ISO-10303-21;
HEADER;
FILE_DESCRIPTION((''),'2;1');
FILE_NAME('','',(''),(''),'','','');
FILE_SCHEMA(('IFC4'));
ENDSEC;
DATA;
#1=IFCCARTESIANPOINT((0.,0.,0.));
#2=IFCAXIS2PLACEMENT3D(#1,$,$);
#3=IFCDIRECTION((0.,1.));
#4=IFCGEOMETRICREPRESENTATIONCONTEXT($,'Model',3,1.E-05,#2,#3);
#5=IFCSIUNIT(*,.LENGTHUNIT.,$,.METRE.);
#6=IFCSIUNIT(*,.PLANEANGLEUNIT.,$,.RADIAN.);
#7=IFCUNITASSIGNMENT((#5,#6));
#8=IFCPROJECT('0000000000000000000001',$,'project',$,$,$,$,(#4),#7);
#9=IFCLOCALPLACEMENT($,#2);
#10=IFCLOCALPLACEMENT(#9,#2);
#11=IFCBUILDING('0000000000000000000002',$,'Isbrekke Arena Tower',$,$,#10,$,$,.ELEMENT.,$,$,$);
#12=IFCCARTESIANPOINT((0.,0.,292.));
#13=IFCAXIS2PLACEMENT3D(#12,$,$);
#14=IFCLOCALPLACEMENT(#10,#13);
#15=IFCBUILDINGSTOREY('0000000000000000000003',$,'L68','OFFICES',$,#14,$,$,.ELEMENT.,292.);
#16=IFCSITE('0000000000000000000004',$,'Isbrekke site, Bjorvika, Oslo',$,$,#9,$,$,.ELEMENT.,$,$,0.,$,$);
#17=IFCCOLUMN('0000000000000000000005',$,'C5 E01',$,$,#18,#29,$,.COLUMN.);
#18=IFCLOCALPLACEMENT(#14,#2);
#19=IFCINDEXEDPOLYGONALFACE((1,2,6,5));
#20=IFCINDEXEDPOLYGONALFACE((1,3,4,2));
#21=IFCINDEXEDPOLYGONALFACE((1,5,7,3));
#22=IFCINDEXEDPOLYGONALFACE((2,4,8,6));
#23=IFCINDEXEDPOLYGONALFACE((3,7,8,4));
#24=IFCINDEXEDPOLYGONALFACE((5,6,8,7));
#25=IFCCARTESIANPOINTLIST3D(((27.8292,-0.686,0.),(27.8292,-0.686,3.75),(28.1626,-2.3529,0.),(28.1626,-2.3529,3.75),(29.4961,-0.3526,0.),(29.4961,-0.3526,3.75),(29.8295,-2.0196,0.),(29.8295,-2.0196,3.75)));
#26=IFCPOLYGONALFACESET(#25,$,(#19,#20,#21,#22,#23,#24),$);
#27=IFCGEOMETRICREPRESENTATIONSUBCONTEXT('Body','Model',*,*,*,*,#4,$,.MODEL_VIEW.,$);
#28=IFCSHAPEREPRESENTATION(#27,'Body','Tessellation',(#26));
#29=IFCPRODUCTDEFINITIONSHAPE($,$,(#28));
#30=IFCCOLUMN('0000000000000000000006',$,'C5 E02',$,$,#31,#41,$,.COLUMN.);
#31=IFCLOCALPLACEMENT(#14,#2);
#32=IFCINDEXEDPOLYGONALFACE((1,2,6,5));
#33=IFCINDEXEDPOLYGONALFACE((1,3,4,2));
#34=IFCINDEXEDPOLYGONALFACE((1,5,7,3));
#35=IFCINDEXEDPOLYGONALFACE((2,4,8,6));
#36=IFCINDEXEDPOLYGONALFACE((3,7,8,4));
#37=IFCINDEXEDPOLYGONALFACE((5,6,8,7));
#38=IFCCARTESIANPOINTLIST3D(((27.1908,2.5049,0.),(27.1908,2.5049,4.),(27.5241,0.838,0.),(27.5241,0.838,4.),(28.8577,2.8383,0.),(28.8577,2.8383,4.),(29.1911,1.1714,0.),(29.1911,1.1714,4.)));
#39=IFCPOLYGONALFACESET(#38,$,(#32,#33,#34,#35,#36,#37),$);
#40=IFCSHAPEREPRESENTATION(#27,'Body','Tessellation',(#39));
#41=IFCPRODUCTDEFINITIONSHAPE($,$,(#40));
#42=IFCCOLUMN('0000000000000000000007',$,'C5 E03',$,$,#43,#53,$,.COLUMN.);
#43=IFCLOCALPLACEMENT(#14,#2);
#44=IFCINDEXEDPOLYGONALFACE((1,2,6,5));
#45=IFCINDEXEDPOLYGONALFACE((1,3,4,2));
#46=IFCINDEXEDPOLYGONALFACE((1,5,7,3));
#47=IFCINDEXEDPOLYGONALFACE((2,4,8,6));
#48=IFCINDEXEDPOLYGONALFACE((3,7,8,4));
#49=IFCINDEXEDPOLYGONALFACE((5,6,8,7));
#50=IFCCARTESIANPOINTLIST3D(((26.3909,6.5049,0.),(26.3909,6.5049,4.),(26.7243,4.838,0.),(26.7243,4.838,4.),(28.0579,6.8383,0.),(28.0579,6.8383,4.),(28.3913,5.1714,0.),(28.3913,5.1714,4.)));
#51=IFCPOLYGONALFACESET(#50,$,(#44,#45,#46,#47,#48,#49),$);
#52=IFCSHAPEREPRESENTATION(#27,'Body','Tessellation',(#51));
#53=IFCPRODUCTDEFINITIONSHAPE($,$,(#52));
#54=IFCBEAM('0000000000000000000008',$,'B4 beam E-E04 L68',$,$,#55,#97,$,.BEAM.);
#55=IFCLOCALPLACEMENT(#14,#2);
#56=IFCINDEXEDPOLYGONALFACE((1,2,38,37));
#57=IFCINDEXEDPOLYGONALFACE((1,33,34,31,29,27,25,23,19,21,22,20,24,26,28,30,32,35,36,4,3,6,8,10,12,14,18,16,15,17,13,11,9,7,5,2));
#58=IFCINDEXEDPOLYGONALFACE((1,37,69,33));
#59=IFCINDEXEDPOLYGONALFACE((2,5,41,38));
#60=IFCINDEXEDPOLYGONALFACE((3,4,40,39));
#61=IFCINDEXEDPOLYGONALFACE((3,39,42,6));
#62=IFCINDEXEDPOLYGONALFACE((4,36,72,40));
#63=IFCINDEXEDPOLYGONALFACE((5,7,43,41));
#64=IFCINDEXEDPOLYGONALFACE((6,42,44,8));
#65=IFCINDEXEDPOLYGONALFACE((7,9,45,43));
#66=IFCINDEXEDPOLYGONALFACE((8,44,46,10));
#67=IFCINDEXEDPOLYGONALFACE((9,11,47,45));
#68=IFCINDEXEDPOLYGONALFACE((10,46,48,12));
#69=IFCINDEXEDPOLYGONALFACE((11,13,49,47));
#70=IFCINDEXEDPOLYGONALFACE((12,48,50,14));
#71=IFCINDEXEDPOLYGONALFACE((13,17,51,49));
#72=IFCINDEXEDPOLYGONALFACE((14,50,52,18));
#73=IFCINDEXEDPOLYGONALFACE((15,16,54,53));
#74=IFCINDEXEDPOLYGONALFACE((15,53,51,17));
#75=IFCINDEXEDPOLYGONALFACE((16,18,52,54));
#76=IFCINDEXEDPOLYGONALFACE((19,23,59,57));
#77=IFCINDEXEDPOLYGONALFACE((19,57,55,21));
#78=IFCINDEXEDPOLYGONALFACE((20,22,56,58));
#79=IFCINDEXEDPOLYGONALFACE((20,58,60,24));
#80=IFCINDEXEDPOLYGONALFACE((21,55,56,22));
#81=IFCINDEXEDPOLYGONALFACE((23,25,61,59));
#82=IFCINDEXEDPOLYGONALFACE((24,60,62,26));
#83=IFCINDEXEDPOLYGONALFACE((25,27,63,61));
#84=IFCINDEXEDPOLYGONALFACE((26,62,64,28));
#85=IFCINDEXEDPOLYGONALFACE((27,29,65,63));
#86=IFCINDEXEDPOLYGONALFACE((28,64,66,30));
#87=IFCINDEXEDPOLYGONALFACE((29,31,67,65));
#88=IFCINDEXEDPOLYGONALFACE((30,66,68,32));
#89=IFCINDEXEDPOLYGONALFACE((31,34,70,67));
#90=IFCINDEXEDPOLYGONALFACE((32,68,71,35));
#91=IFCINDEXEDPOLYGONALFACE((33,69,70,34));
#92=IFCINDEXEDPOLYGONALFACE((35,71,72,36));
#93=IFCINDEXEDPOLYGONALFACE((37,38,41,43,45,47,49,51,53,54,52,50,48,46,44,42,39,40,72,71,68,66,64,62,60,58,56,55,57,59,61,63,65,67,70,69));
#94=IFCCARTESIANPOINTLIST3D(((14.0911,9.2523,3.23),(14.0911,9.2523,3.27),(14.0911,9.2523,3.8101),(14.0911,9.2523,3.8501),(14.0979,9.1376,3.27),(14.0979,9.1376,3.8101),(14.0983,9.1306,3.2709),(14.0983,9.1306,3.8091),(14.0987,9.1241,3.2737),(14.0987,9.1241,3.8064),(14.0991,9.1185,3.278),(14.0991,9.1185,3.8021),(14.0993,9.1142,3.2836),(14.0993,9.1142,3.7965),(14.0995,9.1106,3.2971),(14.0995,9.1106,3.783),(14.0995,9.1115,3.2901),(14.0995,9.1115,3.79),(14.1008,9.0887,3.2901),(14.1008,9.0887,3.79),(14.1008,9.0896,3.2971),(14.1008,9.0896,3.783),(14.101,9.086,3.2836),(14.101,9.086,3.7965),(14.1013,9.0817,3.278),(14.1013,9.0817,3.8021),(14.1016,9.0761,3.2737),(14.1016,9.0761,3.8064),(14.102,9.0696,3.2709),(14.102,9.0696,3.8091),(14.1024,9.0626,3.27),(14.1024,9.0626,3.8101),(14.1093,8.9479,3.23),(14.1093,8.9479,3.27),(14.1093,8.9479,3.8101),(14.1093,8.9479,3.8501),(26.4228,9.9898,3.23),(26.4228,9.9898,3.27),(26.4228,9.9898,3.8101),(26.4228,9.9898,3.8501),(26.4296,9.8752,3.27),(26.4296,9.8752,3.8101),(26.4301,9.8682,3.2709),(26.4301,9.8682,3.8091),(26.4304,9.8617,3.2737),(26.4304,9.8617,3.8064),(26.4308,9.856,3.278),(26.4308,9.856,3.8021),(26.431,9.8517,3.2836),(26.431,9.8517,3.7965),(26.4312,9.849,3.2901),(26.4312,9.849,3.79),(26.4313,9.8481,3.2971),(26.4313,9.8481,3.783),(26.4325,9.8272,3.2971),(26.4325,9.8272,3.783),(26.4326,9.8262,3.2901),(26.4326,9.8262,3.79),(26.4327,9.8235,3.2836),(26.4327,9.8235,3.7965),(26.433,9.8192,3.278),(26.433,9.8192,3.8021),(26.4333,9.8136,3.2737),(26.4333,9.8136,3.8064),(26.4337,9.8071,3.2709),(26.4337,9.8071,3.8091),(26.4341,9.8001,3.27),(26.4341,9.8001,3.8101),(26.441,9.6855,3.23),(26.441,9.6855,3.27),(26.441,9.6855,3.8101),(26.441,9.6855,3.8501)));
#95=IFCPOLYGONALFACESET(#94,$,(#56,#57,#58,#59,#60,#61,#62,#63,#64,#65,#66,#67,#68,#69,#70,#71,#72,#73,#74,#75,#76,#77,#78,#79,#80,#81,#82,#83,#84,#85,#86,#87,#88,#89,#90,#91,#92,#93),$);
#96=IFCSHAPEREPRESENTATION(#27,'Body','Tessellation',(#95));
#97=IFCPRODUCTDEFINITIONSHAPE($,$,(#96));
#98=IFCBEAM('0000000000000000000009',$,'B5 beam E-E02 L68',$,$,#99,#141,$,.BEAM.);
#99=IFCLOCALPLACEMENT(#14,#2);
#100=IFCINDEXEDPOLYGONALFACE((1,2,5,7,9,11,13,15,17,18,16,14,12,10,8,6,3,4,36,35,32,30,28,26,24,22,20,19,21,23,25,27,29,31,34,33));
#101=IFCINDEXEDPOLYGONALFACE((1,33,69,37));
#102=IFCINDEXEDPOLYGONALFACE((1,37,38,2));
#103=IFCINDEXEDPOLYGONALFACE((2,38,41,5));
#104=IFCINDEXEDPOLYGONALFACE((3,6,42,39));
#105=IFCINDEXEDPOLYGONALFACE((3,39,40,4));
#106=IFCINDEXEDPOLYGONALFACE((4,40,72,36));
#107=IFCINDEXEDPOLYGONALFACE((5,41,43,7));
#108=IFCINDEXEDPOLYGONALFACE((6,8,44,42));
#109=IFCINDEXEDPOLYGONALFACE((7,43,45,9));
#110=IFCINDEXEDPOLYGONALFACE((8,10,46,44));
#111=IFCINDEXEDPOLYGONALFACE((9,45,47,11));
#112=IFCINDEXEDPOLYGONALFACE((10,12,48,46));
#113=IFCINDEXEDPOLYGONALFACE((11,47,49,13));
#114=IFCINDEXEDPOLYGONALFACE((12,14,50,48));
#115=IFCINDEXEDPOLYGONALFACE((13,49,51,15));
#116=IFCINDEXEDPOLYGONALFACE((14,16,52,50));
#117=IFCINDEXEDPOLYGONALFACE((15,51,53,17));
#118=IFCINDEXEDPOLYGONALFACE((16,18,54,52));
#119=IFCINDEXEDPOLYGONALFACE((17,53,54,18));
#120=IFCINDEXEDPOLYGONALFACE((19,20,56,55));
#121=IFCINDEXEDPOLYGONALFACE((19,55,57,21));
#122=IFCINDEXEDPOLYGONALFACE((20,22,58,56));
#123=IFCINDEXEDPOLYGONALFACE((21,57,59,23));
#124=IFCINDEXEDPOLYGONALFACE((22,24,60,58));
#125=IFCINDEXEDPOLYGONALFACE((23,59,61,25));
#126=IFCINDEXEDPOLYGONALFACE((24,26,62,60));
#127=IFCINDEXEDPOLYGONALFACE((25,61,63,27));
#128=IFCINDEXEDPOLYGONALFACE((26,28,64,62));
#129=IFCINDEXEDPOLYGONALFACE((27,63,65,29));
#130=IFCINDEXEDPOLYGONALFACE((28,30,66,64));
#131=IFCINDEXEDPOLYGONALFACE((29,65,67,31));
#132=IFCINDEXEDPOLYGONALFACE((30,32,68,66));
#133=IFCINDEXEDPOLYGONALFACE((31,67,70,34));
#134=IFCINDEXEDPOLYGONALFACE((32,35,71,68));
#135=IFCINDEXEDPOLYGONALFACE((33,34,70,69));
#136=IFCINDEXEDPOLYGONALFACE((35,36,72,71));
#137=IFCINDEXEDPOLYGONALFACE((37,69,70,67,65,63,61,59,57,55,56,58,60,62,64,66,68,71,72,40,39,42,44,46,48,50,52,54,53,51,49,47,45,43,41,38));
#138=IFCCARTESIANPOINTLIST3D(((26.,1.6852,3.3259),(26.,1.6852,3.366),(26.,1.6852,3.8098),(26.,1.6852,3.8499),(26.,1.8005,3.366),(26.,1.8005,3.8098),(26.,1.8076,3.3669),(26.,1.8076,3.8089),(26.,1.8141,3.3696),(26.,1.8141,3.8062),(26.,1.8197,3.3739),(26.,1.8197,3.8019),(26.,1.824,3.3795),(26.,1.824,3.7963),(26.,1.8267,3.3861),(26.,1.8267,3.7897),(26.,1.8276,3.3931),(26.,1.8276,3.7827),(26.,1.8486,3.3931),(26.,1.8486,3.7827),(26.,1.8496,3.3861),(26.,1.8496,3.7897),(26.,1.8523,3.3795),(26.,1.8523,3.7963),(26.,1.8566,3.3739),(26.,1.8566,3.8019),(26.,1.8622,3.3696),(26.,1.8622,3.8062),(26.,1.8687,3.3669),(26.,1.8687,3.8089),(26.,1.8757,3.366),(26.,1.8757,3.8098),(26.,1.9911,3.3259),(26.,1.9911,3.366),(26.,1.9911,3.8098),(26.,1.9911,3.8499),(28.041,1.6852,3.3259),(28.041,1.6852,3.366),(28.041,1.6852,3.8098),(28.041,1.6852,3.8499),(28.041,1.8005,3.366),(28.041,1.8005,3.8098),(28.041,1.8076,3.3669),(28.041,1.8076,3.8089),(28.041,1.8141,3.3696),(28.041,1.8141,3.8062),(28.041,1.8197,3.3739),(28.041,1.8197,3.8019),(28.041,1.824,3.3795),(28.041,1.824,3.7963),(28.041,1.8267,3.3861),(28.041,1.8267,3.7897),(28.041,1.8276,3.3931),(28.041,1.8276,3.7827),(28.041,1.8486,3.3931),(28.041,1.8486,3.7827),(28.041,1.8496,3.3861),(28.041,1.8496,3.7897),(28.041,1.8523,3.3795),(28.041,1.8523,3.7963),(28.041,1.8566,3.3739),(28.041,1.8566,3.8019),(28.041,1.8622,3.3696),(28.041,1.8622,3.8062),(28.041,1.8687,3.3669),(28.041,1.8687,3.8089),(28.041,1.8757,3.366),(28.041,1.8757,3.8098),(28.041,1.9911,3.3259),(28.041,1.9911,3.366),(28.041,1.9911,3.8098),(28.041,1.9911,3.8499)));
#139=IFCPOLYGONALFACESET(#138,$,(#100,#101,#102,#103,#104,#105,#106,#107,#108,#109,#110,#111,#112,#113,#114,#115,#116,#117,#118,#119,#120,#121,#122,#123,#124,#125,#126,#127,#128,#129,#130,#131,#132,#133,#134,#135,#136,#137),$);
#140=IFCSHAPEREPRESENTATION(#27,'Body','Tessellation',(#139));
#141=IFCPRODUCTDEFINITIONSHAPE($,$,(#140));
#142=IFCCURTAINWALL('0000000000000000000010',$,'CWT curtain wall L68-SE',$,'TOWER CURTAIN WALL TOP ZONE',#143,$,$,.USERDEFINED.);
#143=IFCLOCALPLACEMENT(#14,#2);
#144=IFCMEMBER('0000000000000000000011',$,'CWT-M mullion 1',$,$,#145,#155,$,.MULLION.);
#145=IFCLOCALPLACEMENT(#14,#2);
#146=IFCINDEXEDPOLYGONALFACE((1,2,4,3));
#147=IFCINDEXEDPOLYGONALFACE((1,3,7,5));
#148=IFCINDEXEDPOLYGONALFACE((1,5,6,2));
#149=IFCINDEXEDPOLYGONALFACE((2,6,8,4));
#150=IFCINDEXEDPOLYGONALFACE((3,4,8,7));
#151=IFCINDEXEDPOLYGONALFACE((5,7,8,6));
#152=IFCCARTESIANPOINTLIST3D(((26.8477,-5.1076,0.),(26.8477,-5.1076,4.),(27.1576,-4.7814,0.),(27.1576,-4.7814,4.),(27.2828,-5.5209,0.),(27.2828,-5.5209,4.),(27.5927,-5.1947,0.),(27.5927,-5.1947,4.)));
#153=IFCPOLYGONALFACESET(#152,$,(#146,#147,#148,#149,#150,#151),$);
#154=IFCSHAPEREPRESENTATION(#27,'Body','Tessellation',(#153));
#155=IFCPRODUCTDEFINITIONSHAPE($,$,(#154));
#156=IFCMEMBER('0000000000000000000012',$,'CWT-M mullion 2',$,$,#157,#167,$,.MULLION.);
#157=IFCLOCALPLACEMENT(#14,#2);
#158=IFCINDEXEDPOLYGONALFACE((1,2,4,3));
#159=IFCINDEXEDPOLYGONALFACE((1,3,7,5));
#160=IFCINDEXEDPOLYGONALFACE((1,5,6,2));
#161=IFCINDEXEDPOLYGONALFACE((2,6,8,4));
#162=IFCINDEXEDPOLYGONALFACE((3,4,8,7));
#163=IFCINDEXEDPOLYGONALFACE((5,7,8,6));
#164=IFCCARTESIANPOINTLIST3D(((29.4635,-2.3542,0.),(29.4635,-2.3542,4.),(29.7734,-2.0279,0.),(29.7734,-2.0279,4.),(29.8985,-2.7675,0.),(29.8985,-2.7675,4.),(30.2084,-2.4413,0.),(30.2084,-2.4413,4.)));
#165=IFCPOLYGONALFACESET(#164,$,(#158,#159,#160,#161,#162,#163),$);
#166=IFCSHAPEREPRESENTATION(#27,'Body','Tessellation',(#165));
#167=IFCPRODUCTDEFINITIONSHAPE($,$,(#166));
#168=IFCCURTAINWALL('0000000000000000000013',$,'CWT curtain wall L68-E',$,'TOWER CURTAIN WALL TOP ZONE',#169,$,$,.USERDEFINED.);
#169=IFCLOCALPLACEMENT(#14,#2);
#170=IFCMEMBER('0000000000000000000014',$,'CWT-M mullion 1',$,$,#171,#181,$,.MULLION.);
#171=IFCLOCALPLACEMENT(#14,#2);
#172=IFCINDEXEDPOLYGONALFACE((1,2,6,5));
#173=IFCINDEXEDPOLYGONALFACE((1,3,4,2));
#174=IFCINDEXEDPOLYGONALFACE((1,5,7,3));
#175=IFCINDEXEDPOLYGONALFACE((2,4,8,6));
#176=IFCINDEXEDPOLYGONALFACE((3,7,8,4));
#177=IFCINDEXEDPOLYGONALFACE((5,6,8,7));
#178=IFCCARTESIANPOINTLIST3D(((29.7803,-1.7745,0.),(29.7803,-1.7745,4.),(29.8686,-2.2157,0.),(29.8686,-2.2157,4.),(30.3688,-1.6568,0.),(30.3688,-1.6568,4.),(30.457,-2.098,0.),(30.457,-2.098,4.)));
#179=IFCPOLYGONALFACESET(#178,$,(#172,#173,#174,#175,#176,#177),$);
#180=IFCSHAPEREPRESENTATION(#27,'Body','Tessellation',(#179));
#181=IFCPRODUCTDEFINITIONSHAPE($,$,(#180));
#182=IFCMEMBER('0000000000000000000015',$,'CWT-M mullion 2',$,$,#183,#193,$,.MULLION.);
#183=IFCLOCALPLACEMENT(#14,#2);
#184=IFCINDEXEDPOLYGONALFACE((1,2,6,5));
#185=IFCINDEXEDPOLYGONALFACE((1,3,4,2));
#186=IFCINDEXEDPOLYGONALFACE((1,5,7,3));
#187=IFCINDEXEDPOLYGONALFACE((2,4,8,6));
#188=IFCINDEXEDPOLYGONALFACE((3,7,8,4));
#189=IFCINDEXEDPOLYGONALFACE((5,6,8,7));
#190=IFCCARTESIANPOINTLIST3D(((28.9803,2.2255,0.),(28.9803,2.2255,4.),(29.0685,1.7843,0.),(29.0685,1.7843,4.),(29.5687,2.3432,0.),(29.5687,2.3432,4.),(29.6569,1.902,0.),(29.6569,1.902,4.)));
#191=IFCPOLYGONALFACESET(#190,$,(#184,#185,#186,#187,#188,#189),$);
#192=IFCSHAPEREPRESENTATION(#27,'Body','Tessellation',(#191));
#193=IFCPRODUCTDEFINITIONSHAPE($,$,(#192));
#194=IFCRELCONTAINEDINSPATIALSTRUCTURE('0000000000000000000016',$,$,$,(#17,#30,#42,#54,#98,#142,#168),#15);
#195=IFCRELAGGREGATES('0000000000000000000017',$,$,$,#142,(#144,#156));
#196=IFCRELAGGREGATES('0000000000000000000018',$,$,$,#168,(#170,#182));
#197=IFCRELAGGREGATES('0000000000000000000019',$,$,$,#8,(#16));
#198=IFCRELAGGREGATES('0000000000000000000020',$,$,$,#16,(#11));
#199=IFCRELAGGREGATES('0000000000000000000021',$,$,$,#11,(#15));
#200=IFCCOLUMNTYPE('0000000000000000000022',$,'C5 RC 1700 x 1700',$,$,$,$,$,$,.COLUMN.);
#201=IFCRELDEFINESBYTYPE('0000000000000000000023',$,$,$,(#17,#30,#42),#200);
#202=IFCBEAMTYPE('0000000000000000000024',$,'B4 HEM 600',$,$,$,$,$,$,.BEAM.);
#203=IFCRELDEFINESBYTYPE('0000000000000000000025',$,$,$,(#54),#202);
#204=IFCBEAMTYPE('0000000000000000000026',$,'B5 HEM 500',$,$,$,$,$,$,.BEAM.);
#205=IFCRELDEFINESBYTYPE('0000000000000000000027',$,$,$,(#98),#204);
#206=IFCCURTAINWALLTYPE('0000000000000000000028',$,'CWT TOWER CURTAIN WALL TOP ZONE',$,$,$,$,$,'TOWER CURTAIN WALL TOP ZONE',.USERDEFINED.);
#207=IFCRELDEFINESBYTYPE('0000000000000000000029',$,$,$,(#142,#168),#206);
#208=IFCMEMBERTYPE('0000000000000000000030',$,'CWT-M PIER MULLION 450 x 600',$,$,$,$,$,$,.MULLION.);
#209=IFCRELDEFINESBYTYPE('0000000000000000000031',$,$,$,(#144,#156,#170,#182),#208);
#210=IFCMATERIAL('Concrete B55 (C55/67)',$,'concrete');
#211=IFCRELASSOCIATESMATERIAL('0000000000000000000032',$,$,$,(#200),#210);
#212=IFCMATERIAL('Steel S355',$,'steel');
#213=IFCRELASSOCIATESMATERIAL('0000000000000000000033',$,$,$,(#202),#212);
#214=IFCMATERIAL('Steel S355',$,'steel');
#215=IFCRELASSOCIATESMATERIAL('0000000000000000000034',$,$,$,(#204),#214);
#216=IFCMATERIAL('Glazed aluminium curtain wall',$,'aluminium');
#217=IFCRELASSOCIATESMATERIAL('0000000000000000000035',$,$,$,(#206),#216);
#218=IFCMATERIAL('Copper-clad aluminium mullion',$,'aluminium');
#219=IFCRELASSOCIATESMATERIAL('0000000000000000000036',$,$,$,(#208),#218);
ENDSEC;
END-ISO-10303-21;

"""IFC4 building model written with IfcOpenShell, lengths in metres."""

from ifc_helpers import new_model, si_unit, direction, frame, origin, origin_2d, place, context, subcontext, project, spatial, rectangle, i_section, extrude, material, material_profile, profile_set, type_object, element, aggregate, save


model = new_model("IFC4")

# Units and contexts
model_context = context("Model", 3, precision=1e-05, world=origin(), true_north=direction((0.0, 1.0)))
body_context = subcontext(model_context, "Body", "Model", "MODEL_VIEW")
ifc_project = project(units=[si_unit("LENGTHUNIT", "METRE"), si_unit("PLANEANGLEUNIT", "RADIAN")], contexts=[model_context])

# Site, building, storey
site_placement = place(None, origin())
site = spatial("IfcSite", under=ifc_project, at=site_placement, Name="Isbrekke site, Bjorvika, Oslo", CompositionType="ELEMENT", RefElevation=0.0)
building_placement = place(site_placement, origin())
building = spatial("IfcBuilding", under=site, at=building_placement, Name="Isbrekke Arena Tower", CompositionType="ELEMENT")
storey_placement = place(building_placement, frame((0.0, 0.0, 292.0)))
storey = spatial("IfcBuildingStorey", under=building, at=storey_placement, Name="L68", Description="OFFICES", CompositionType="ELEMENT", Elevation=292.0)

# Columns
ifc_material_1 = material(Name="Concrete B55 (C55/67)", Category="concrete")
ifc_material_profile_1 = material_profile(ifc_material_1, rectangle(XDim=1.7, YDim=1.7, at=origin_2d()), Name="RC 1700x1700")
ifc_profile_set_1 = profile_set([ifc_material_profile_1], Name="Concrete B55 (C55/67)")
column_type = type_object("IfcColumnType", Name="C5 RC 1700 x 1700", PredefinedType="COLUMN", material=ifc_profile_set_1)
column_placement = place(storey_placement, frame((28.8293, -1.3528, 0.0), z_axis=(0.0, 0.0, 1.0), x_axis=(-0.196116, 0.980581, 0.0)))
element("IfcColumn", 1, at=column_placement, inside=storey, type_object=column_type, Name="C5 E01", PredefinedType="COLUMN", context=body_context, shape_type="SweptSolid", body=[
    extrude(rectangle(XDim=1.7, YDim=1.7, at=origin_2d()), origin(), (0.0, 0.0, 1.0), 3.75),
])
for number, where, z_axis, x_axis, name in (
    (2, (28.1909, 1.8381, 0.0), (0.0, 0.0, 1.0), (-0.196116, 0.980581, 0.0), "C5 E02"),
    (3, (27.3911, 5.8381, 0.0), (0.0, 0.0, 1.0), (-0.196116, 0.980581, 0.0), "C5 E03"),
):
    element("IfcColumn", number, at=place(storey_placement, frame(where, z_axis=z_axis, x_axis=x_axis)), inside=storey, type_object=column_type, Name=name, PredefinedType="COLUMN", context=body_context, shape_type="SweptSolid", body=[
        extrude(rectangle(XDim=1.7, YDim=1.7, at=origin_2d()), origin(), (0.0, 0.0, 1.0), 4.0),
    ])

# Beams
ifc_material_2 = material(Name="Steel S355", Category="steel")
ifc_material_profile_2 = material_profile(ifc_material_2, i_section(OverallWidth=0.3049, OverallDepth=0.6201, WebThickness=0.021, FlangeThickness=0.04, FilletRadius=0.0271, at=origin_2d()), Name="HEM 600")
ifc_profile_set_2 = profile_set([ifc_material_profile_2], Name="Steel S355")
beam_type_1 = type_object("IfcBeamType", Name="B4 HEM 600", PredefinedType="BEAM", material=ifc_profile_set_2)
beam_1_placement = place(storey_placement, frame((26.4319, 9.8376, 3.54), z_axis=(-0.998216, -0.059702, 0.0), x_axis=(0.059702, -0.998216, 0.0)))
element("IfcBeam", 4, at=beam_1_placement, inside=storey, type_object=beam_type_1, Name="B4 beam E-E04 L68", PredefinedType="BEAM", context=body_context, shape_type="SweptSolid", body=[
    extrude(i_section(OverallWidth=0.3049, OverallDepth=0.6201, WebThickness=0.021, FlangeThickness=0.04, FilletRadius=0.0271, at=origin_2d()), origin(), (0.0, 0.0, 1.0), 12.3538),
])
ifc_material_3 = material(Name="Steel S355", Category="steel")
ifc_material_profile_3 = material_profile(ifc_material_3, i_section(OverallWidth=0.3059, OverallDepth=0.5239, WebThickness=0.021, FlangeThickness=0.04, FilletRadius=0.0271, at=origin_2d()), Name="HEM 500")
ifc_profile_set_3 = profile_set([ifc_material_profile_3], Name="Steel S355")
beam_type_2 = type_object("IfcBeamType", Name="B5 HEM 500", PredefinedType="BEAM", material=ifc_profile_set_3)
beam_2_placement = place(storey_placement, frame((28.041, 1.8381, 3.5879), z_axis=(-1.0, 0.0, 0.0), x_axis=(0.0, -1.0, 0.0)))
element("IfcBeam", 5, at=beam_2_placement, inside=storey, type_object=beam_type_2, Name="B5 beam E-E02 L68", PredefinedType="BEAM", context=body_context, shape_type="SweptSolid", body=[
    extrude(i_section(OverallWidth=0.3059, OverallDepth=0.5239, WebThickness=0.021, FlangeThickness=0.04, FilletRadius=0.0271, at=origin_2d()), origin(), (0.0, 0.0, 1.0), 2.041),
])

# Curtain walls, members
ifc_material_4 = material(Name="Glazed aluminium curtain wall", Category="aluminium")
curtain_wall_type = type_object("IfcCurtainWallType", Name="CWT TOWER CURTAIN WALL TOP ZONE", ElementType="TOWER CURTAIN WALL TOP ZONE", PredefinedType="USERDEFINED", material=ifc_material_4)
curtain_wall_1_placement = place(storey_placement, origin())
curtain_wall_1 = element("IfcCurtainWall", 6, at=curtain_wall_1_placement, inside=storey, type_object=curtain_wall_type, Name="CWT curtain wall L68-SE", ObjectType="TOWER CURTAIN WALL TOP ZONE", PredefinedType="USERDEFINED")
ifc_material_5 = material(Name="Copper-clad aluminium mullion", Category="aluminium")
ifc_material_profile_4 = material_profile(ifc_material_5, rectangle(XDim=0.45, YDim=0.6001, at=origin_2d()), Name="PIER 450X600")
ifc_profile_set_4 = profile_set([ifc_material_profile_4], Name="Copper-clad aluminium mullion")
member_type_1 = type_object("IfcMemberType", Name="CWT-M PIER MULLION 450 x 600", PredefinedType="MULLION", material=ifc_profile_set_4)
member_1_placement = place(storey_placement, frame((27.2202, -5.1511, 0.0), z_axis=(0.0, 0.0, 1.0), x_axis=(0.688749, 0.724999, 0.0)))
member_1 = element("IfcMember", 7, at=member_1_placement, type_object=member_type_1, Name="CWT-M mullion 1", PredefinedType="MULLION", context=body_context, shape_type="SweptSolid", body=[
    extrude(rectangle(XDim=0.45, YDim=0.6001, at=origin_2d()), origin(), (0.0, 0.0, 1.0), 4.0),
])
member_2_placement = place(storey_placement, frame((29.8359, -2.3977, 0.0), z_axis=(0.0, 0.0, 1.0), x_axis=(0.688749, 0.724999, 0.0)))
member_2 = element("IfcMember", 8, at=member_2_placement, type_object=member_type_1, Name="CWT-M mullion 2", PredefinedType="MULLION", context=body_context, shape_type="SweptSolid", body=[
    extrude(rectangle(XDim=0.45, YDim=0.6001, at=origin_2d()), origin(), (0.0, 0.0, 1.0), 4.0),
])
curtain_wall_2_placement = place(storey_placement, origin())
curtain_wall_2 = element("IfcCurtainWall", 9, at=curtain_wall_2_placement, inside=storey, type_object=curtain_wall_type, Name="CWT curtain wall L68-E", ObjectType="TOWER CURTAIN WALL TOP ZONE", PredefinedType="USERDEFINED")
member_3_placement = place(storey_placement, frame((30.1187, -1.9363, 0.0), z_axis=(0.0, 0.0, 1.0), x_axis=(-0.196116, 0.980581, 0.0)))
member_3 = element("IfcMember", 10, at=member_3_placement, type_object=member_type_1, Name="CWT-M mullion 1", PredefinedType="MULLION", context=body_context, shape_type="SweptSolid", body=[
    extrude(rectangle(XDim=0.45, YDim=0.6001, at=origin_2d()), origin(), (0.0, 0.0, 1.0), 4.0),
])
member_4_placement = place(storey_placement, frame((29.3186, 2.0637, 0.0), z_axis=(0.0, 0.0, 1.0), x_axis=(-0.196116, 0.980581, 0.0)))
member_4 = element("IfcMember", 11, at=member_4_placement, type_object=member_type_1, Name="CWT-M mullion 2", PredefinedType="MULLION", context=body_context, shape_type="SweptSolid", body=[
    extrude(rectangle(XDim=0.45, YDim=0.6001, at=origin_2d()), origin(), (0.0, 0.0, 1.0), 4.0),
])

aggregate(curtain_wall_1, [member_1, member_2])
aggregate(curtain_wall_2, [member_3, member_4])

save(model, "model.ifc")
